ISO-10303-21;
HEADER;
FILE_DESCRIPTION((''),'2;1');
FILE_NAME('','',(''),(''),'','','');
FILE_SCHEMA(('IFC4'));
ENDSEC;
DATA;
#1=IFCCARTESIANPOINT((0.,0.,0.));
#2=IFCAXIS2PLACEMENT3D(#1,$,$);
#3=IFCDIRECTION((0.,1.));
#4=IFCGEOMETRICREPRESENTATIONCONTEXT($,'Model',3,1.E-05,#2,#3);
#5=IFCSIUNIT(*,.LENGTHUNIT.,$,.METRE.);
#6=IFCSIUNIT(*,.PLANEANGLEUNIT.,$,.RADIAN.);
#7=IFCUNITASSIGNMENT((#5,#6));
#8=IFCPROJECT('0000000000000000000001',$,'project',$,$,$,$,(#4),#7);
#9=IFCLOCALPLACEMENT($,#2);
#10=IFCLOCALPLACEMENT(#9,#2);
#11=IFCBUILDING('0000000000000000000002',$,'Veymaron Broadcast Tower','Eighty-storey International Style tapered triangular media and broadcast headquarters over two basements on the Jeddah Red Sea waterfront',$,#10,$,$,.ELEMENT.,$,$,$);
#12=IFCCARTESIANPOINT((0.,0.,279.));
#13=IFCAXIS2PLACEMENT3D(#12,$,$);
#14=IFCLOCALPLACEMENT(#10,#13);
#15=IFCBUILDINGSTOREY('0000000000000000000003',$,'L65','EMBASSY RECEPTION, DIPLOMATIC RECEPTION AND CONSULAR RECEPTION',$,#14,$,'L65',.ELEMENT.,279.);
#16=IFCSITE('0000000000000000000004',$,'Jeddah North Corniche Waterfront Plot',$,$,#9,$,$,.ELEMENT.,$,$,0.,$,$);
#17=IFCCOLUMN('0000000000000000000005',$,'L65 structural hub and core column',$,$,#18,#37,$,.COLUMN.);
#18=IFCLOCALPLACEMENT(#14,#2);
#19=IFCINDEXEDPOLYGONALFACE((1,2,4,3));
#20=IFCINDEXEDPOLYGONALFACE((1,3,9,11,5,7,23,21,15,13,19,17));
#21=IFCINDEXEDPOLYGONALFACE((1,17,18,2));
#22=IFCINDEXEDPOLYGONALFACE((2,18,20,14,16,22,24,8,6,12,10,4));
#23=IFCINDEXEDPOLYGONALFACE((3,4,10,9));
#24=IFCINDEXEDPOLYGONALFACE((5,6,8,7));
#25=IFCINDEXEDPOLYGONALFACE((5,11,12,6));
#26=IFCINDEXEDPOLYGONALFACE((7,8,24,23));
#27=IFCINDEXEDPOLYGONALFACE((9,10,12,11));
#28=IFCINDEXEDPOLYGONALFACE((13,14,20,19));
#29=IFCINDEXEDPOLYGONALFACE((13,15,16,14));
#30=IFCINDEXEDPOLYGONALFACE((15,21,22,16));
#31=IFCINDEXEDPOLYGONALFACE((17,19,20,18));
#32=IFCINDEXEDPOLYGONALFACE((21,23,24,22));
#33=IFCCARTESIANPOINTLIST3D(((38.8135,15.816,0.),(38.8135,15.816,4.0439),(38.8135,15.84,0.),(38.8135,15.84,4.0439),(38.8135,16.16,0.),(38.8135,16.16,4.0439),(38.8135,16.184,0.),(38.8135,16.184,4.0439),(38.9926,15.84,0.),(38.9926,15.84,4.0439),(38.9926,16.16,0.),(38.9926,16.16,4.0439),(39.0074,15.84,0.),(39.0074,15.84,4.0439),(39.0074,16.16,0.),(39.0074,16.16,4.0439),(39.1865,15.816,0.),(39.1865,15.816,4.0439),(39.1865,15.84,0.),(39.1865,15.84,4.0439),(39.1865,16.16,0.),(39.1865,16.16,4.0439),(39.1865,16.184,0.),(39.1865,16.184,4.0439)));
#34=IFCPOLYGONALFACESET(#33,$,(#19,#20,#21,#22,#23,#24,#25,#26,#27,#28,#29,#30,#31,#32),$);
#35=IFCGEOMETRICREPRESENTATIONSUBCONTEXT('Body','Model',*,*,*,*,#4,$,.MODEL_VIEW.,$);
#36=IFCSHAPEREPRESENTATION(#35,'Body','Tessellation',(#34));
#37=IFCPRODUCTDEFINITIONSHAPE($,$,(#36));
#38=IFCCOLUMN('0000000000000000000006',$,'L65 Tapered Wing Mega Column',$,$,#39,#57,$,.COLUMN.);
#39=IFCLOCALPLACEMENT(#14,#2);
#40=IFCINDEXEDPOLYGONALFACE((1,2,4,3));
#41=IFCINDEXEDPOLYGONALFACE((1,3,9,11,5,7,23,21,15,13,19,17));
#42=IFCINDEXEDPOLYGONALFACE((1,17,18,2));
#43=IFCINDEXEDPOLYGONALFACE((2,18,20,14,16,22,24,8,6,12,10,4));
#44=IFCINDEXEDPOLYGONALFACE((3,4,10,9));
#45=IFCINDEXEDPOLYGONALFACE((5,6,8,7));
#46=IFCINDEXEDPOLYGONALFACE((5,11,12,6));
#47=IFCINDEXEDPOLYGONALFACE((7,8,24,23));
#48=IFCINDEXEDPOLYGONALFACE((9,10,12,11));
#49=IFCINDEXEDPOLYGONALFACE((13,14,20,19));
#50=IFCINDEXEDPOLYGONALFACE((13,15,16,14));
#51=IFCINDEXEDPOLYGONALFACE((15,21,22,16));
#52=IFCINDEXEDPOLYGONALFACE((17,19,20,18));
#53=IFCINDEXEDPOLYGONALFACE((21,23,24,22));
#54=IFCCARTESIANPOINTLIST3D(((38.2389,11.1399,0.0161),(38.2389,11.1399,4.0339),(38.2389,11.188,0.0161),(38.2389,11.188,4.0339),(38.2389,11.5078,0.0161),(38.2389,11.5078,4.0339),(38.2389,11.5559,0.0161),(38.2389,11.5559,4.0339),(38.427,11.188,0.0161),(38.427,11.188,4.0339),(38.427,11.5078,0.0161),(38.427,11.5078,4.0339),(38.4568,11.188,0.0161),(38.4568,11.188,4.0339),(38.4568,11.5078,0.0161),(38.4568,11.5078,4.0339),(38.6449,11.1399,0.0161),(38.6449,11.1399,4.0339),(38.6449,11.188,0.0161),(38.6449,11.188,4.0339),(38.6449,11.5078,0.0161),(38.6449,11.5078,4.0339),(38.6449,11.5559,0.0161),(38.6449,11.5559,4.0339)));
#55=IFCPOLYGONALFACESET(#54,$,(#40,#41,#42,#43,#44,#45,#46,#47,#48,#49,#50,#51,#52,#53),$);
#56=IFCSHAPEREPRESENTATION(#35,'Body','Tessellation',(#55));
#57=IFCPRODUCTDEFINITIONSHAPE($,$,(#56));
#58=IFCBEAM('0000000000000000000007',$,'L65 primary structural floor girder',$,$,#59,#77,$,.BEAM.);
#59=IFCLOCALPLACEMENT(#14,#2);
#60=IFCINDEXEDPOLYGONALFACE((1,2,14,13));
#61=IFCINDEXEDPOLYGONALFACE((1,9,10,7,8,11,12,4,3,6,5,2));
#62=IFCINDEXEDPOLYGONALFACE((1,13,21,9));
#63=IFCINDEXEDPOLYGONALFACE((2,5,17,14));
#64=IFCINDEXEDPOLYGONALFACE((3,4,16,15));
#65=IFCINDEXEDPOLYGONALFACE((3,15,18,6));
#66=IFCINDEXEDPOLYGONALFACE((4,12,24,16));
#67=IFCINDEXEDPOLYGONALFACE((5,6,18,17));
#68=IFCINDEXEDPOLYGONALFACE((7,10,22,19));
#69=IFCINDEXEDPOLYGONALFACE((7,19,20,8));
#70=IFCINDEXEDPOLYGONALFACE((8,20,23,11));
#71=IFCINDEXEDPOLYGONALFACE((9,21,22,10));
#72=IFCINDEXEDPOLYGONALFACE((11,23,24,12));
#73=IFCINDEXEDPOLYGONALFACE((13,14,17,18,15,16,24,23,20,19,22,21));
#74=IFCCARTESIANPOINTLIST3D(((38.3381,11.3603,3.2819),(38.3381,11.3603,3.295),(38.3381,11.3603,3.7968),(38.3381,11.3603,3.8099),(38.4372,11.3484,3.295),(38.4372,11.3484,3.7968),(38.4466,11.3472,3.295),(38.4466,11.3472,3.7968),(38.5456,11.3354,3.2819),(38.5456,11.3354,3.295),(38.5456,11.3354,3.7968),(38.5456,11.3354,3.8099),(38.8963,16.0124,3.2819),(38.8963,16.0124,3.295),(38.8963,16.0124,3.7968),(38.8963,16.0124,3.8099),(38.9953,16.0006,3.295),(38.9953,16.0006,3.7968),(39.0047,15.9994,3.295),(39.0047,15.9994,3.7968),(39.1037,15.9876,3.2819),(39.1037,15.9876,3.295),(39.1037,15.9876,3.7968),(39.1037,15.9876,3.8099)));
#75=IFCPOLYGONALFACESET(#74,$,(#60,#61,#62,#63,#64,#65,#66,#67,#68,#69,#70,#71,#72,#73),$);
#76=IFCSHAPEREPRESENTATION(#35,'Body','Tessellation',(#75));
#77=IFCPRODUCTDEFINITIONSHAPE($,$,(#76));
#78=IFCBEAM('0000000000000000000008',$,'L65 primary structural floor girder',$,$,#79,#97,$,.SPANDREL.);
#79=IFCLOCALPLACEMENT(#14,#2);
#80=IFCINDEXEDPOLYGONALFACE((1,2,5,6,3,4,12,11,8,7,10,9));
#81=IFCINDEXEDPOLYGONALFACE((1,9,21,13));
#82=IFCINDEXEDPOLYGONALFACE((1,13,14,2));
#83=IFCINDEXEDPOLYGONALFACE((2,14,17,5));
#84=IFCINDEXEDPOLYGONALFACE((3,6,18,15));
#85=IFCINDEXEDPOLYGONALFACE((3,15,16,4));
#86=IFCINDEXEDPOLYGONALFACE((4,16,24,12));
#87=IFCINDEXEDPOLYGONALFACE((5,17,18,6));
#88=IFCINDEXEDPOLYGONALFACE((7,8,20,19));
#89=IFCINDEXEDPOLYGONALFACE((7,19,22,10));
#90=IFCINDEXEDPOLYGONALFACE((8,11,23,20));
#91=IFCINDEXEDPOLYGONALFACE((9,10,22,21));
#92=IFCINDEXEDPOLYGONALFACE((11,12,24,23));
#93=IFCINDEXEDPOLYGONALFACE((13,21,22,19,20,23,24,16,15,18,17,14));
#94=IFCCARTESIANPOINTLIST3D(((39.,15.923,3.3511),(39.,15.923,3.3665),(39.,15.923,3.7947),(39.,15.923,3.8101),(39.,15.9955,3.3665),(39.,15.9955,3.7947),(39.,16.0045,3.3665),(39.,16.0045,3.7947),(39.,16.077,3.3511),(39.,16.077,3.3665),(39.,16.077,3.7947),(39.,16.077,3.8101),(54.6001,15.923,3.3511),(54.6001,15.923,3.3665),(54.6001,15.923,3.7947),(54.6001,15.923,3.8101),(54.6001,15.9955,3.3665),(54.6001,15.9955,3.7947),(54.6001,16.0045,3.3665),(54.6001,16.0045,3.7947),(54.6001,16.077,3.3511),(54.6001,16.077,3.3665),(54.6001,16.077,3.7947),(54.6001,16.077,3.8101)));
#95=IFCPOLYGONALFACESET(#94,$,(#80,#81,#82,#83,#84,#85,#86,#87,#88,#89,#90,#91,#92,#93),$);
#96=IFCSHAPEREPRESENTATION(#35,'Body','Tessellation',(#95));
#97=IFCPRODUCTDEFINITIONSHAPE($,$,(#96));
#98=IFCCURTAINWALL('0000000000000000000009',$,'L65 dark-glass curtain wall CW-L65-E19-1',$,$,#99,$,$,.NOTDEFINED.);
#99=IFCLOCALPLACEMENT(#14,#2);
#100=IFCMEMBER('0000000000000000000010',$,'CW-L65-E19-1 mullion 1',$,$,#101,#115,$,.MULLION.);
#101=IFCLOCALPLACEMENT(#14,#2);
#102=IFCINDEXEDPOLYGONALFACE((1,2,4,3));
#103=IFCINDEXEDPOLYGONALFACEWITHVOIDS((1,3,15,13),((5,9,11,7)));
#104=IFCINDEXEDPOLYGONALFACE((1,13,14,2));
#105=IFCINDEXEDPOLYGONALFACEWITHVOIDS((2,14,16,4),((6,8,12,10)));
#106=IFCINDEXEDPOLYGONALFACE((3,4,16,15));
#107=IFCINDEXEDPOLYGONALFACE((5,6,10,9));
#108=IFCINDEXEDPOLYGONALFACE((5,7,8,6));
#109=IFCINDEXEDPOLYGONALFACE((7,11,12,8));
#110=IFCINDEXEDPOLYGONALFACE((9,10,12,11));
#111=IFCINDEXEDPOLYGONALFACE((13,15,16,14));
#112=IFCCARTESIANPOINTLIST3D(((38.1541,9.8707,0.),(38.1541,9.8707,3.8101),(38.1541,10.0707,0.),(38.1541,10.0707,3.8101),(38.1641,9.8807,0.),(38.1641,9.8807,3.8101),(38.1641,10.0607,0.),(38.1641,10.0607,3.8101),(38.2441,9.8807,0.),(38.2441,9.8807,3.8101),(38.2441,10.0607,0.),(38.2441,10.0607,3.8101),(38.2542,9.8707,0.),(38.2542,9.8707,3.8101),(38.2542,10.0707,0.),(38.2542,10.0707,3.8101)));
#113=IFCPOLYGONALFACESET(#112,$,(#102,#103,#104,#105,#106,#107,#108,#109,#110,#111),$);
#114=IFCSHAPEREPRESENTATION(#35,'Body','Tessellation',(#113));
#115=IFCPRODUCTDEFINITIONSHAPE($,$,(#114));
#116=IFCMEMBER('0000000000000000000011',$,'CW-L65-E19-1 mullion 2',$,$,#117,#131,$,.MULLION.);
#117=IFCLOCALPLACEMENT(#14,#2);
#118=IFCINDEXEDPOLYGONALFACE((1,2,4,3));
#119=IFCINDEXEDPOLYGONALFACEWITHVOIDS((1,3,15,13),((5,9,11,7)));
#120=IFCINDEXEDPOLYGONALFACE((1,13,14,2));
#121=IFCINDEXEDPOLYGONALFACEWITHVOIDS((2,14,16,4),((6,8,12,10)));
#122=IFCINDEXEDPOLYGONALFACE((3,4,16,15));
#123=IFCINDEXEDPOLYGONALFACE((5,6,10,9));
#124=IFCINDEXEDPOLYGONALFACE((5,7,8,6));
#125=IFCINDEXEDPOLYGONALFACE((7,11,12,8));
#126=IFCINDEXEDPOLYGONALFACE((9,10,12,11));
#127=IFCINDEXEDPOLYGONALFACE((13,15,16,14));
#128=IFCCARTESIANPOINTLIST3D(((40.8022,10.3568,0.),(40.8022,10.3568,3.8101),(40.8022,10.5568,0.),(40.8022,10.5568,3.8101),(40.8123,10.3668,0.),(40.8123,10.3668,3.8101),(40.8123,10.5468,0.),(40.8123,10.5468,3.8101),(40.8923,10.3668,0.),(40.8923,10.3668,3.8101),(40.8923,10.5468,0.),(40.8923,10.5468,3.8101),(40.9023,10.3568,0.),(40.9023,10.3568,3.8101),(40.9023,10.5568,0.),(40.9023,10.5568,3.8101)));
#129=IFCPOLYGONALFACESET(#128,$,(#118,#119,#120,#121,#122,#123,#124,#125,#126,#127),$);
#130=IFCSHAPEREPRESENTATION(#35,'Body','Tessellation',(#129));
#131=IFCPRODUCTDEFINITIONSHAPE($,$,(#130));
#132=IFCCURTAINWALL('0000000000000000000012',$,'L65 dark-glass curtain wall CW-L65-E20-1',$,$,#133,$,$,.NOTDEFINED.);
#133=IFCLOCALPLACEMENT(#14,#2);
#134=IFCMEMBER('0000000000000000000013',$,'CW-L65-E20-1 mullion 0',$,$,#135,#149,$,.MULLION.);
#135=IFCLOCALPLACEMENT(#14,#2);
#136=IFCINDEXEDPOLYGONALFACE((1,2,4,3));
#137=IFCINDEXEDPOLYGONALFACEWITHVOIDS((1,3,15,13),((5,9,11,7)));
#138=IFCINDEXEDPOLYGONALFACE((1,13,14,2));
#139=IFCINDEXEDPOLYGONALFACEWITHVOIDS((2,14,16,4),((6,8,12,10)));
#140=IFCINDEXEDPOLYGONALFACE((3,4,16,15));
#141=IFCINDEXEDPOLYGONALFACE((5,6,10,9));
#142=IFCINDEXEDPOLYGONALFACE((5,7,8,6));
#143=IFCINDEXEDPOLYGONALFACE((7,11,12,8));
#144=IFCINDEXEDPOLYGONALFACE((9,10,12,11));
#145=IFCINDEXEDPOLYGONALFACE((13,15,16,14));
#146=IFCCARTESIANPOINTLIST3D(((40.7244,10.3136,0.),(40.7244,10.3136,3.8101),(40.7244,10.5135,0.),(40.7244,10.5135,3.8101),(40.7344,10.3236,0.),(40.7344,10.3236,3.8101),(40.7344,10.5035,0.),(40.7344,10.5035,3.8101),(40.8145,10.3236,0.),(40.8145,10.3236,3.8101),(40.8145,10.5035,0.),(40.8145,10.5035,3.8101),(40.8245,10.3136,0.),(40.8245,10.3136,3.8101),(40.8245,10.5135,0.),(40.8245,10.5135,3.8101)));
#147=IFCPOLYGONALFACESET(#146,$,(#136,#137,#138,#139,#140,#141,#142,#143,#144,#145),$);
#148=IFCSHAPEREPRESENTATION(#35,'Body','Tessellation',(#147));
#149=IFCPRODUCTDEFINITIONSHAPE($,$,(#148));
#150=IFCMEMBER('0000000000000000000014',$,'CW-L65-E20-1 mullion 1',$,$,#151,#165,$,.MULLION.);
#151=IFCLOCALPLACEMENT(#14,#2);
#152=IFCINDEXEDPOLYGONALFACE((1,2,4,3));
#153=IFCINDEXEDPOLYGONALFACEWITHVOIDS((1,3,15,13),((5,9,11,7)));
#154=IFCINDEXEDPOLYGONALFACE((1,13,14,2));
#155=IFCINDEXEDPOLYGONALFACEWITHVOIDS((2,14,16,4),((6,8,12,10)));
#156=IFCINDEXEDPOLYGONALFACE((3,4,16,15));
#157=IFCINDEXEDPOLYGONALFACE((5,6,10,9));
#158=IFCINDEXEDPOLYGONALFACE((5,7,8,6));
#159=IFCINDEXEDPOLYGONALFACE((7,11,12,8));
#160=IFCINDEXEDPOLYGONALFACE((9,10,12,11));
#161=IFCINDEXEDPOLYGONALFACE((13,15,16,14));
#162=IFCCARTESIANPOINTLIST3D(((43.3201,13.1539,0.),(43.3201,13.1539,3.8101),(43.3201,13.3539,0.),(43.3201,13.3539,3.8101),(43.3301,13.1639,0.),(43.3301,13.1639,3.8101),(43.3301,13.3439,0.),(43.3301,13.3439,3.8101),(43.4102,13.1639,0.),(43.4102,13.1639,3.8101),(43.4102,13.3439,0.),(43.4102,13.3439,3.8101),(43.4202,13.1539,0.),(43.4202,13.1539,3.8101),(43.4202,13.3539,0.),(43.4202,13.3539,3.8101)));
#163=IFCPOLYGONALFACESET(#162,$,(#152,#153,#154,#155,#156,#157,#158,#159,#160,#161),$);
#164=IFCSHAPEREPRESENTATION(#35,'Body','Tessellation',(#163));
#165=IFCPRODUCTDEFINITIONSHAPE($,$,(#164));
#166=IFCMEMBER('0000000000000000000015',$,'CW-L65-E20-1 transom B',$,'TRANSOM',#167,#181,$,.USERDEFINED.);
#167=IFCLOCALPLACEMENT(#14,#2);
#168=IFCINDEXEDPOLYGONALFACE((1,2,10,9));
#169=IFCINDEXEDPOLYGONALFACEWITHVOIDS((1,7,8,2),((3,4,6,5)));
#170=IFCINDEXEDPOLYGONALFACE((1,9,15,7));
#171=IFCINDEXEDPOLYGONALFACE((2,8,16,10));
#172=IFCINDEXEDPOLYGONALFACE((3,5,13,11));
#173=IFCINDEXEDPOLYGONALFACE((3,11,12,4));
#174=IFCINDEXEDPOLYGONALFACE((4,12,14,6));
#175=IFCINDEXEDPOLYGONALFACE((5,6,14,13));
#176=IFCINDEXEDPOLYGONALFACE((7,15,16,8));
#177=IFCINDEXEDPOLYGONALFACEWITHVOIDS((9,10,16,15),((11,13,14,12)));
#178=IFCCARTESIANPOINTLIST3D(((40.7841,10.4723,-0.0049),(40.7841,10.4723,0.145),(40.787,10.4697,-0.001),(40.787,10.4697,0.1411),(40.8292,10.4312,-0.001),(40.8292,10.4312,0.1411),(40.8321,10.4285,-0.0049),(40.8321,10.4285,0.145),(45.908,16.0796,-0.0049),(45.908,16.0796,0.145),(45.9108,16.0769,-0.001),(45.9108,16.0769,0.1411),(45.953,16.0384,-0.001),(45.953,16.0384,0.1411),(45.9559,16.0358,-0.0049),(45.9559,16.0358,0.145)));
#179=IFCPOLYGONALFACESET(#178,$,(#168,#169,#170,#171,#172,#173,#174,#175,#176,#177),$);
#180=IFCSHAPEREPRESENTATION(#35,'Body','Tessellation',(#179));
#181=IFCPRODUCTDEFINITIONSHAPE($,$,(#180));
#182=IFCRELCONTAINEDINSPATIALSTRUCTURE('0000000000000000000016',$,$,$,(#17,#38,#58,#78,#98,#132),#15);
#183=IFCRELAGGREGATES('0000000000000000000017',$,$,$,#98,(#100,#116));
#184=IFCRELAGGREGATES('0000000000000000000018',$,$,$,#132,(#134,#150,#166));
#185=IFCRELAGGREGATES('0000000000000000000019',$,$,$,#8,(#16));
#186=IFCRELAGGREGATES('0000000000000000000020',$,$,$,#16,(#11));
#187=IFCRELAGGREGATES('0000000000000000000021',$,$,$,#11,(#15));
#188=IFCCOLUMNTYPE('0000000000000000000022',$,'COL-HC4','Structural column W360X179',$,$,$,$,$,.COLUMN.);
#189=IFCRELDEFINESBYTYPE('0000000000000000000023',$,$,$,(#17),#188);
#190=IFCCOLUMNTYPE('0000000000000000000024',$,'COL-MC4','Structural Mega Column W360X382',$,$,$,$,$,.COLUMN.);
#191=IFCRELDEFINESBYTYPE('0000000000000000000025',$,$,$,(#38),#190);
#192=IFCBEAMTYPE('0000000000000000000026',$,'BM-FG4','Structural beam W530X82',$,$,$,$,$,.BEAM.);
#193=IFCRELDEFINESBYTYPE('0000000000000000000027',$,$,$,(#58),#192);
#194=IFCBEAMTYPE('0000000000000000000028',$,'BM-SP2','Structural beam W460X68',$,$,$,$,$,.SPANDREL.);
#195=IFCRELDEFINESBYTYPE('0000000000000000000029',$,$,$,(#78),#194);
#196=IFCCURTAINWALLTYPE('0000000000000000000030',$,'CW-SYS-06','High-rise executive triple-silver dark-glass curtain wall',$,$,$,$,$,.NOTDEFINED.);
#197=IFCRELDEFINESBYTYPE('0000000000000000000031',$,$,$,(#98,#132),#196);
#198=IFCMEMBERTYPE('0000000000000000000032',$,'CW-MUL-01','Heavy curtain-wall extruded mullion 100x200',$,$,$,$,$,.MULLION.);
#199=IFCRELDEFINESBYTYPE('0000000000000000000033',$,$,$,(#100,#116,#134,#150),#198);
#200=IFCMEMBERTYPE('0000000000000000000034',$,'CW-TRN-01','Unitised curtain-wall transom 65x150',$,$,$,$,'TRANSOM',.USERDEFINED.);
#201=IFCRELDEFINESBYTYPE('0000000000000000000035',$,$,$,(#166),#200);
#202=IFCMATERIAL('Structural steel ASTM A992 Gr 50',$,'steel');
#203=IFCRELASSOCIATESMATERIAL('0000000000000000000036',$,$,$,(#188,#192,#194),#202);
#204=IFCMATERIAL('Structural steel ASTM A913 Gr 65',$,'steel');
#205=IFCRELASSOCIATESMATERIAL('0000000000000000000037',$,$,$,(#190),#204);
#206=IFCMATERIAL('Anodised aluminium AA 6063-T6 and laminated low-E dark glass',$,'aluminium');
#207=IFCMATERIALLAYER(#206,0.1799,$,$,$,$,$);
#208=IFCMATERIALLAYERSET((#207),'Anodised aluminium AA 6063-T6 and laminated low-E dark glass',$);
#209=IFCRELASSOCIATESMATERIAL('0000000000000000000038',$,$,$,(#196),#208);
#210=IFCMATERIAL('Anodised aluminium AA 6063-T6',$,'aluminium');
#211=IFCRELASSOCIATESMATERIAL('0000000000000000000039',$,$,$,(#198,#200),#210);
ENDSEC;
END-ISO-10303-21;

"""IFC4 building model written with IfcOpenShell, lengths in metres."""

from ifc_helpers import new_model, si_unit, direction, frame, origin, origin_2d, place, context, subcontext, project, spatial, hollow_rectangle, i_section, extrude, material, layer, layer_set, material_profile, profile_set, type_object, element, aggregate, save


model = new_model("IFC4")

# Units and contexts
model_context = context("Model", 3, precision=1e-05, world=origin(), true_north=direction((0.0, 1.0)))
body_context = subcontext(model_context, "Body", "Model", "MODEL_VIEW")
ifc_project = project(units=[si_unit("LENGTHUNIT", "METRE"), si_unit("PLANEANGLEUNIT", "RADIAN")], contexts=[model_context])

# Site, building, storey
site_placement = place(None, origin())
site = spatial("IfcSite", under=ifc_project, at=site_placement, Name="Jeddah North Corniche Waterfront Plot", CompositionType="ELEMENT", RefElevation=0.0)
building_placement = place(site_placement, origin())
building = spatial("IfcBuilding", under=site, at=building_placement, Name="Veymaron Broadcast Tower", Description="Eighty-storey International Style tapered triangular media and broadcast headquarters over two basements on the Jeddah Red Sea waterfront", CompositionType="ELEMENT")
storey_placement = place(building_placement, frame((0.0, 0.0, 279.0)))
storey = spatial("IfcBuildingStorey", under=building, at=storey_placement, Name="L65", Description="EMBASSY RECEPTION, DIPLOMATIC RECEPTION AND CONSULAR RECEPTION", LongName="L65", CompositionType="ELEMENT", Elevation=279.0)

# Columns
ifc_material_1 = material(Name="Structural steel ASTM A992 Gr 50", Category="steel")
ifc_material_profile_1 = material_profile(ifc_material_1, i_section(OverallWidth=0.373, OverallDepth=0.3679, WebThickness=0.0149, FlangeThickness=0.0239, at=origin_2d()), Name="W360X179")
ifc_profile_set_1 = profile_set([ifc_material_profile_1], Name="Structural steel ASTM A992 Gr 50")
column_type_1 = type_object("IfcColumnType", Name="COL-HC4", Description="Structural column W360X179", PredefinedType="COLUMN", material=ifc_profile_set_1)
column_1_placement = place(storey_placement, frame((39.0, 16.0, 0.0), z_axis=(0.0, 0.0, 1.0), x_axis=(1.0, 0.0, 0.0)))
element("IfcColumn", 1, at=column_1_placement, inside=storey, type_object=column_type_1, Name="L65 structural hub and core column", PredefinedType="COLUMN", context=body_context, shape_type="SweptSolid", body=[
    extrude(i_section(OverallWidth=0.373, OverallDepth=0.3679, WebThickness=0.0149, FlangeThickness=0.0239, at=origin_2d()), origin(), (0.0, 0.0, 1.0), 4.0439),
])
ifc_material_2 = material(Name="Structural steel ASTM A913 Gr 65", Category="steel")
ifc_material_profile_2 = material_profile(ifc_material_2, i_section(OverallWidth=0.406, OverallDepth=0.416, WebThickness=0.0298, FlangeThickness=0.0481, at=origin_2d()), Name="W360X382")
ifc_profile_set_2 = profile_set([ifc_material_profile_2], Name="Structural steel ASTM A913 Gr 65")
column_type_2 = type_object("IfcColumnType", Name="COL-MC4", Description="Structural Mega Column W360X382", PredefinedType="COLUMN", material=ifc_profile_set_2)
column_2_placement = place(storey_placement, frame((38.4419, 11.3479, 0.0161), z_axis=(0.0, 0.0, 1.0), x_axis=(1.0, 0.0, 0.0)))
element("IfcColumn", 2, at=column_2_placement, inside=storey, type_object=column_type_2, Name="L65 Tapered Wing Mega Column", PredefinedType="COLUMN", context=body_context, shape_type="SweptSolid", body=[
    extrude(i_section(OverallWidth=0.406, OverallDepth=0.416, WebThickness=0.0298, FlangeThickness=0.0481, at=origin_2d()), origin(), (0.0, 0.0, 1.0), 4.0178),
])

# Beams
ifc_material_profile_3 = material_profile(ifc_material_1, i_section(OverallWidth=0.209, OverallDepth=0.5281, WebThickness=0.0095, FlangeThickness=0.0132, at=origin_2d()), Name="W530X82")
ifc_profile_set_3 = profile_set([ifc_material_profile_3], Name="Structural steel ASTM A992 Gr 50")
beam_type_1 = type_object("IfcBeamType", Name="BM-FG4", Description="Structural beam W530X82", PredefinedType="BEAM", material=ifc_profile_set_3)
beam_1_placement = place(storey_placement, frame((39.0, 16.0, 3.5459), z_axis=(-0.119114, -0.992881, 0.0), x_axis=(0.992881, -0.119114, 0.0)))
element("IfcBeam", 3, at=beam_1_placement, inside=storey, type_object=beam_type_1, Name="L65 primary structural floor girder", PredefinedType="BEAM", context=body_context, shape_type="SweptSolid", body=[
    extrude(i_section(OverallWidth=0.209, OverallDepth=0.5281, WebThickness=0.0095, FlangeThickness=0.0132, at=origin_2d()), origin(), (0.0, 0.0, 1.0), 4.6855),
])
ifc_material_profile_4 = material_profile(ifc_material_1, i_section(OverallWidth=0.1541, OverallDepth=0.459, WebThickness=0.009, FlangeThickness=0.0154, at=origin_2d()), Name="W460X68")
ifc_profile_set_4 = profile_set([ifc_material_profile_4], Name="Structural steel ASTM A992 Gr 50")
beam_type_2 = type_object("IfcBeamType", Name="BM-SP2", Description="Structural beam W460X68", PredefinedType="SPANDREL", material=ifc_profile_set_4)
beam_2_placement = place(storey_placement, frame((39.0, 16.0, 3.5806), z_axis=(1.0, 0.0, 0.0), x_axis=(0.0, 1.0, 0.0)))
element("IfcBeam", 4, at=beam_2_placement, inside=storey, type_object=beam_type_2, Name="L65 primary structural floor girder", PredefinedType="SPANDREL", context=body_context, shape_type="SweptSolid", body=[
    extrude(i_section(OverallWidth=0.1541, OverallDepth=0.459, WebThickness=0.009, FlangeThickness=0.0154, at=origin_2d()), origin(), (0.0, 0.0, 1.0), 15.6001),
])

# Curtain walls, members
ifc_material_3 = material(Name="Anodised aluminium AA 6063-T6 and laminated low-E dark glass", Category="aluminium")
ifc_layer_1 = layer(ifc_material_3, 0.1799)
ifc_layer_set_1 = layer_set([ifc_layer_1], Name="Anodised aluminium AA 6063-T6 and laminated low-E dark glass")
curtain_wall_type = type_object("IfcCurtainWallType", Name="CW-SYS-06", Description="High-rise executive triple-silver dark-glass curtain wall", PredefinedType="NOTDEFINED", material=ifc_layer_set_1)
curtain_wall_1_placement = place(storey_placement, origin())
curtain_wall_1 = element("IfcCurtainWall", 5, at=curtain_wall_1_placement, inside=storey, type_object=curtain_wall_type, Name="L65 dark-glass curtain wall CW-L65-E19-1", PredefinedType="NOTDEFINED")
ifc_material_4 = material(Name="Anodised aluminium AA 6063-T6", Category="aluminium")
ifc_material_profile_5 = material_profile(ifc_material_4, hollow_rectangle(XDim=0.1001, YDim=0.2, WallThickness=0.01, at=origin_2d()), Name="RHS200X100X10")
ifc_profile_set_5 = profile_set([ifc_material_profile_5], Name="Anodised aluminium AA 6063-T6")
member_type_1 = type_object("IfcMemberType", Name="CW-MUL-01", Description="Heavy curtain-wall extruded mullion 100x200", PredefinedType="MULLION", material=ifc_profile_set_5)
member_1_placement = place(storey_placement, frame((38.2041, 9.9707, 0.0), z_axis=(0.0, 0.0, 1.0), x_axis=(1.0, 0.0, 0.0)))
member_1 = element("IfcMember", 6, at=member_1_placement, type_object=member_type_1, Name="CW-L65-E19-1 mullion 1", PredefinedType="MULLION", context=body_context, shape_type="SweptSolid", body=[
    extrude(hollow_rectangle(XDim=0.1001, YDim=0.2, WallThickness=0.01, at=origin_2d()), origin(), (0.0, 0.0, 1.0), 3.8101),
])
member_2_placement = place(storey_placement, frame((40.8523, 10.4568, 0.0), z_axis=(0.0, 0.0, 1.0), x_axis=(1.0, 0.0, 0.0)))
member_2 = element("IfcMember", 7, at=member_2_placement, type_object=member_type_1, Name="CW-L65-E19-1 mullion 2", PredefinedType="MULLION", context=body_context, shape_type="SweptSolid", body=[
    extrude(hollow_rectangle(XDim=0.1001, YDim=0.2, WallThickness=0.01, at=origin_2d()), origin(), (0.0, 0.0, 1.0), 3.8101),
])
curtain_wall_2_placement = place(storey_placement, origin())
curtain_wall_2 = element("IfcCurtainWall", 8, at=curtain_wall_2_placement, inside=storey, type_object=curtain_wall_type, Name="L65 dark-glass curtain wall CW-L65-E20-1", PredefinedType="NOTDEFINED")
member_3_placement = place(storey_placement, frame((40.7744, 10.4136, 0.0), z_axis=(0.0, 0.0, 1.0), x_axis=(1.0, 0.0, 0.0)))
member_3 = element("IfcMember", 9, at=member_3_placement, type_object=member_type_1, Name="CW-L65-E20-1 mullion 0", PredefinedType="MULLION", context=body_context, shape_type="SweptSolid", body=[
    extrude(hollow_rectangle(XDim=0.1001, YDim=0.2, WallThickness=0.01, at=origin_2d()), origin(), (0.0, 0.0, 1.0), 3.8101),
])
member_4_placement = place(storey_placement, frame((43.3701, 13.2539, 0.0), z_axis=(0.0, 0.0, 1.0), x_axis=(1.0, 0.0, 0.0)))
member_4 = element("IfcMember", 10, at=member_4_placement, type_object=member_type_1, Name="CW-L65-E20-1 mullion 1", PredefinedType="MULLION", context=body_context, shape_type="SweptSolid", body=[
    extrude(hollow_rectangle(XDim=0.1001, YDim=0.2, WallThickness=0.01, at=origin_2d()), origin(), (0.0, 0.0, 1.0), 3.8101),
])
ifc_material_profile_6 = material_profile(ifc_material_4, hollow_rectangle(XDim=0.0649, YDim=0.1499, WallThickness=0.0039, at=origin_2d()), Name="AL150X65X4")
ifc_profile_set_6 = profile_set([ifc_material_profile_6], Name="Anodised aluminium AA 6063-T6")
member_type_2 = type_object("IfcMemberType", Name="CW-TRN-01", Description="Unitised curtain-wall transom 65x150", ElementType="TRANSOM", PredefinedType="USERDEFINED", material=ifc_profile_set_6)
member_5_placement = place(storey_placement, frame((40.8081, 10.4504, 0.0701), z_axis=(0.67457, 0.738211, 0.0), x_axis=(-0.738211, 0.67457, 0.0)))
member_5 = element("IfcMember", 11, at=member_5_placement, type_object=member_type_2, Name="CW-L65-E20-1 transom B", ObjectType="TRANSOM", PredefinedType="USERDEFINED", context=body_context, shape_type="SweptSolid", body=[
    extrude(hollow_rectangle(XDim=0.0649, YDim=0.1499, WallThickness=0.0039, at=origin_2d()), origin(), (0.0, 0.0, 1.0), 7.5957),
])

aggregate(curtain_wall_1, [member_1, member_2])
aggregate(curtain_wall_2, [member_3, member_4, member_5])

save(model, "model.ifc")
